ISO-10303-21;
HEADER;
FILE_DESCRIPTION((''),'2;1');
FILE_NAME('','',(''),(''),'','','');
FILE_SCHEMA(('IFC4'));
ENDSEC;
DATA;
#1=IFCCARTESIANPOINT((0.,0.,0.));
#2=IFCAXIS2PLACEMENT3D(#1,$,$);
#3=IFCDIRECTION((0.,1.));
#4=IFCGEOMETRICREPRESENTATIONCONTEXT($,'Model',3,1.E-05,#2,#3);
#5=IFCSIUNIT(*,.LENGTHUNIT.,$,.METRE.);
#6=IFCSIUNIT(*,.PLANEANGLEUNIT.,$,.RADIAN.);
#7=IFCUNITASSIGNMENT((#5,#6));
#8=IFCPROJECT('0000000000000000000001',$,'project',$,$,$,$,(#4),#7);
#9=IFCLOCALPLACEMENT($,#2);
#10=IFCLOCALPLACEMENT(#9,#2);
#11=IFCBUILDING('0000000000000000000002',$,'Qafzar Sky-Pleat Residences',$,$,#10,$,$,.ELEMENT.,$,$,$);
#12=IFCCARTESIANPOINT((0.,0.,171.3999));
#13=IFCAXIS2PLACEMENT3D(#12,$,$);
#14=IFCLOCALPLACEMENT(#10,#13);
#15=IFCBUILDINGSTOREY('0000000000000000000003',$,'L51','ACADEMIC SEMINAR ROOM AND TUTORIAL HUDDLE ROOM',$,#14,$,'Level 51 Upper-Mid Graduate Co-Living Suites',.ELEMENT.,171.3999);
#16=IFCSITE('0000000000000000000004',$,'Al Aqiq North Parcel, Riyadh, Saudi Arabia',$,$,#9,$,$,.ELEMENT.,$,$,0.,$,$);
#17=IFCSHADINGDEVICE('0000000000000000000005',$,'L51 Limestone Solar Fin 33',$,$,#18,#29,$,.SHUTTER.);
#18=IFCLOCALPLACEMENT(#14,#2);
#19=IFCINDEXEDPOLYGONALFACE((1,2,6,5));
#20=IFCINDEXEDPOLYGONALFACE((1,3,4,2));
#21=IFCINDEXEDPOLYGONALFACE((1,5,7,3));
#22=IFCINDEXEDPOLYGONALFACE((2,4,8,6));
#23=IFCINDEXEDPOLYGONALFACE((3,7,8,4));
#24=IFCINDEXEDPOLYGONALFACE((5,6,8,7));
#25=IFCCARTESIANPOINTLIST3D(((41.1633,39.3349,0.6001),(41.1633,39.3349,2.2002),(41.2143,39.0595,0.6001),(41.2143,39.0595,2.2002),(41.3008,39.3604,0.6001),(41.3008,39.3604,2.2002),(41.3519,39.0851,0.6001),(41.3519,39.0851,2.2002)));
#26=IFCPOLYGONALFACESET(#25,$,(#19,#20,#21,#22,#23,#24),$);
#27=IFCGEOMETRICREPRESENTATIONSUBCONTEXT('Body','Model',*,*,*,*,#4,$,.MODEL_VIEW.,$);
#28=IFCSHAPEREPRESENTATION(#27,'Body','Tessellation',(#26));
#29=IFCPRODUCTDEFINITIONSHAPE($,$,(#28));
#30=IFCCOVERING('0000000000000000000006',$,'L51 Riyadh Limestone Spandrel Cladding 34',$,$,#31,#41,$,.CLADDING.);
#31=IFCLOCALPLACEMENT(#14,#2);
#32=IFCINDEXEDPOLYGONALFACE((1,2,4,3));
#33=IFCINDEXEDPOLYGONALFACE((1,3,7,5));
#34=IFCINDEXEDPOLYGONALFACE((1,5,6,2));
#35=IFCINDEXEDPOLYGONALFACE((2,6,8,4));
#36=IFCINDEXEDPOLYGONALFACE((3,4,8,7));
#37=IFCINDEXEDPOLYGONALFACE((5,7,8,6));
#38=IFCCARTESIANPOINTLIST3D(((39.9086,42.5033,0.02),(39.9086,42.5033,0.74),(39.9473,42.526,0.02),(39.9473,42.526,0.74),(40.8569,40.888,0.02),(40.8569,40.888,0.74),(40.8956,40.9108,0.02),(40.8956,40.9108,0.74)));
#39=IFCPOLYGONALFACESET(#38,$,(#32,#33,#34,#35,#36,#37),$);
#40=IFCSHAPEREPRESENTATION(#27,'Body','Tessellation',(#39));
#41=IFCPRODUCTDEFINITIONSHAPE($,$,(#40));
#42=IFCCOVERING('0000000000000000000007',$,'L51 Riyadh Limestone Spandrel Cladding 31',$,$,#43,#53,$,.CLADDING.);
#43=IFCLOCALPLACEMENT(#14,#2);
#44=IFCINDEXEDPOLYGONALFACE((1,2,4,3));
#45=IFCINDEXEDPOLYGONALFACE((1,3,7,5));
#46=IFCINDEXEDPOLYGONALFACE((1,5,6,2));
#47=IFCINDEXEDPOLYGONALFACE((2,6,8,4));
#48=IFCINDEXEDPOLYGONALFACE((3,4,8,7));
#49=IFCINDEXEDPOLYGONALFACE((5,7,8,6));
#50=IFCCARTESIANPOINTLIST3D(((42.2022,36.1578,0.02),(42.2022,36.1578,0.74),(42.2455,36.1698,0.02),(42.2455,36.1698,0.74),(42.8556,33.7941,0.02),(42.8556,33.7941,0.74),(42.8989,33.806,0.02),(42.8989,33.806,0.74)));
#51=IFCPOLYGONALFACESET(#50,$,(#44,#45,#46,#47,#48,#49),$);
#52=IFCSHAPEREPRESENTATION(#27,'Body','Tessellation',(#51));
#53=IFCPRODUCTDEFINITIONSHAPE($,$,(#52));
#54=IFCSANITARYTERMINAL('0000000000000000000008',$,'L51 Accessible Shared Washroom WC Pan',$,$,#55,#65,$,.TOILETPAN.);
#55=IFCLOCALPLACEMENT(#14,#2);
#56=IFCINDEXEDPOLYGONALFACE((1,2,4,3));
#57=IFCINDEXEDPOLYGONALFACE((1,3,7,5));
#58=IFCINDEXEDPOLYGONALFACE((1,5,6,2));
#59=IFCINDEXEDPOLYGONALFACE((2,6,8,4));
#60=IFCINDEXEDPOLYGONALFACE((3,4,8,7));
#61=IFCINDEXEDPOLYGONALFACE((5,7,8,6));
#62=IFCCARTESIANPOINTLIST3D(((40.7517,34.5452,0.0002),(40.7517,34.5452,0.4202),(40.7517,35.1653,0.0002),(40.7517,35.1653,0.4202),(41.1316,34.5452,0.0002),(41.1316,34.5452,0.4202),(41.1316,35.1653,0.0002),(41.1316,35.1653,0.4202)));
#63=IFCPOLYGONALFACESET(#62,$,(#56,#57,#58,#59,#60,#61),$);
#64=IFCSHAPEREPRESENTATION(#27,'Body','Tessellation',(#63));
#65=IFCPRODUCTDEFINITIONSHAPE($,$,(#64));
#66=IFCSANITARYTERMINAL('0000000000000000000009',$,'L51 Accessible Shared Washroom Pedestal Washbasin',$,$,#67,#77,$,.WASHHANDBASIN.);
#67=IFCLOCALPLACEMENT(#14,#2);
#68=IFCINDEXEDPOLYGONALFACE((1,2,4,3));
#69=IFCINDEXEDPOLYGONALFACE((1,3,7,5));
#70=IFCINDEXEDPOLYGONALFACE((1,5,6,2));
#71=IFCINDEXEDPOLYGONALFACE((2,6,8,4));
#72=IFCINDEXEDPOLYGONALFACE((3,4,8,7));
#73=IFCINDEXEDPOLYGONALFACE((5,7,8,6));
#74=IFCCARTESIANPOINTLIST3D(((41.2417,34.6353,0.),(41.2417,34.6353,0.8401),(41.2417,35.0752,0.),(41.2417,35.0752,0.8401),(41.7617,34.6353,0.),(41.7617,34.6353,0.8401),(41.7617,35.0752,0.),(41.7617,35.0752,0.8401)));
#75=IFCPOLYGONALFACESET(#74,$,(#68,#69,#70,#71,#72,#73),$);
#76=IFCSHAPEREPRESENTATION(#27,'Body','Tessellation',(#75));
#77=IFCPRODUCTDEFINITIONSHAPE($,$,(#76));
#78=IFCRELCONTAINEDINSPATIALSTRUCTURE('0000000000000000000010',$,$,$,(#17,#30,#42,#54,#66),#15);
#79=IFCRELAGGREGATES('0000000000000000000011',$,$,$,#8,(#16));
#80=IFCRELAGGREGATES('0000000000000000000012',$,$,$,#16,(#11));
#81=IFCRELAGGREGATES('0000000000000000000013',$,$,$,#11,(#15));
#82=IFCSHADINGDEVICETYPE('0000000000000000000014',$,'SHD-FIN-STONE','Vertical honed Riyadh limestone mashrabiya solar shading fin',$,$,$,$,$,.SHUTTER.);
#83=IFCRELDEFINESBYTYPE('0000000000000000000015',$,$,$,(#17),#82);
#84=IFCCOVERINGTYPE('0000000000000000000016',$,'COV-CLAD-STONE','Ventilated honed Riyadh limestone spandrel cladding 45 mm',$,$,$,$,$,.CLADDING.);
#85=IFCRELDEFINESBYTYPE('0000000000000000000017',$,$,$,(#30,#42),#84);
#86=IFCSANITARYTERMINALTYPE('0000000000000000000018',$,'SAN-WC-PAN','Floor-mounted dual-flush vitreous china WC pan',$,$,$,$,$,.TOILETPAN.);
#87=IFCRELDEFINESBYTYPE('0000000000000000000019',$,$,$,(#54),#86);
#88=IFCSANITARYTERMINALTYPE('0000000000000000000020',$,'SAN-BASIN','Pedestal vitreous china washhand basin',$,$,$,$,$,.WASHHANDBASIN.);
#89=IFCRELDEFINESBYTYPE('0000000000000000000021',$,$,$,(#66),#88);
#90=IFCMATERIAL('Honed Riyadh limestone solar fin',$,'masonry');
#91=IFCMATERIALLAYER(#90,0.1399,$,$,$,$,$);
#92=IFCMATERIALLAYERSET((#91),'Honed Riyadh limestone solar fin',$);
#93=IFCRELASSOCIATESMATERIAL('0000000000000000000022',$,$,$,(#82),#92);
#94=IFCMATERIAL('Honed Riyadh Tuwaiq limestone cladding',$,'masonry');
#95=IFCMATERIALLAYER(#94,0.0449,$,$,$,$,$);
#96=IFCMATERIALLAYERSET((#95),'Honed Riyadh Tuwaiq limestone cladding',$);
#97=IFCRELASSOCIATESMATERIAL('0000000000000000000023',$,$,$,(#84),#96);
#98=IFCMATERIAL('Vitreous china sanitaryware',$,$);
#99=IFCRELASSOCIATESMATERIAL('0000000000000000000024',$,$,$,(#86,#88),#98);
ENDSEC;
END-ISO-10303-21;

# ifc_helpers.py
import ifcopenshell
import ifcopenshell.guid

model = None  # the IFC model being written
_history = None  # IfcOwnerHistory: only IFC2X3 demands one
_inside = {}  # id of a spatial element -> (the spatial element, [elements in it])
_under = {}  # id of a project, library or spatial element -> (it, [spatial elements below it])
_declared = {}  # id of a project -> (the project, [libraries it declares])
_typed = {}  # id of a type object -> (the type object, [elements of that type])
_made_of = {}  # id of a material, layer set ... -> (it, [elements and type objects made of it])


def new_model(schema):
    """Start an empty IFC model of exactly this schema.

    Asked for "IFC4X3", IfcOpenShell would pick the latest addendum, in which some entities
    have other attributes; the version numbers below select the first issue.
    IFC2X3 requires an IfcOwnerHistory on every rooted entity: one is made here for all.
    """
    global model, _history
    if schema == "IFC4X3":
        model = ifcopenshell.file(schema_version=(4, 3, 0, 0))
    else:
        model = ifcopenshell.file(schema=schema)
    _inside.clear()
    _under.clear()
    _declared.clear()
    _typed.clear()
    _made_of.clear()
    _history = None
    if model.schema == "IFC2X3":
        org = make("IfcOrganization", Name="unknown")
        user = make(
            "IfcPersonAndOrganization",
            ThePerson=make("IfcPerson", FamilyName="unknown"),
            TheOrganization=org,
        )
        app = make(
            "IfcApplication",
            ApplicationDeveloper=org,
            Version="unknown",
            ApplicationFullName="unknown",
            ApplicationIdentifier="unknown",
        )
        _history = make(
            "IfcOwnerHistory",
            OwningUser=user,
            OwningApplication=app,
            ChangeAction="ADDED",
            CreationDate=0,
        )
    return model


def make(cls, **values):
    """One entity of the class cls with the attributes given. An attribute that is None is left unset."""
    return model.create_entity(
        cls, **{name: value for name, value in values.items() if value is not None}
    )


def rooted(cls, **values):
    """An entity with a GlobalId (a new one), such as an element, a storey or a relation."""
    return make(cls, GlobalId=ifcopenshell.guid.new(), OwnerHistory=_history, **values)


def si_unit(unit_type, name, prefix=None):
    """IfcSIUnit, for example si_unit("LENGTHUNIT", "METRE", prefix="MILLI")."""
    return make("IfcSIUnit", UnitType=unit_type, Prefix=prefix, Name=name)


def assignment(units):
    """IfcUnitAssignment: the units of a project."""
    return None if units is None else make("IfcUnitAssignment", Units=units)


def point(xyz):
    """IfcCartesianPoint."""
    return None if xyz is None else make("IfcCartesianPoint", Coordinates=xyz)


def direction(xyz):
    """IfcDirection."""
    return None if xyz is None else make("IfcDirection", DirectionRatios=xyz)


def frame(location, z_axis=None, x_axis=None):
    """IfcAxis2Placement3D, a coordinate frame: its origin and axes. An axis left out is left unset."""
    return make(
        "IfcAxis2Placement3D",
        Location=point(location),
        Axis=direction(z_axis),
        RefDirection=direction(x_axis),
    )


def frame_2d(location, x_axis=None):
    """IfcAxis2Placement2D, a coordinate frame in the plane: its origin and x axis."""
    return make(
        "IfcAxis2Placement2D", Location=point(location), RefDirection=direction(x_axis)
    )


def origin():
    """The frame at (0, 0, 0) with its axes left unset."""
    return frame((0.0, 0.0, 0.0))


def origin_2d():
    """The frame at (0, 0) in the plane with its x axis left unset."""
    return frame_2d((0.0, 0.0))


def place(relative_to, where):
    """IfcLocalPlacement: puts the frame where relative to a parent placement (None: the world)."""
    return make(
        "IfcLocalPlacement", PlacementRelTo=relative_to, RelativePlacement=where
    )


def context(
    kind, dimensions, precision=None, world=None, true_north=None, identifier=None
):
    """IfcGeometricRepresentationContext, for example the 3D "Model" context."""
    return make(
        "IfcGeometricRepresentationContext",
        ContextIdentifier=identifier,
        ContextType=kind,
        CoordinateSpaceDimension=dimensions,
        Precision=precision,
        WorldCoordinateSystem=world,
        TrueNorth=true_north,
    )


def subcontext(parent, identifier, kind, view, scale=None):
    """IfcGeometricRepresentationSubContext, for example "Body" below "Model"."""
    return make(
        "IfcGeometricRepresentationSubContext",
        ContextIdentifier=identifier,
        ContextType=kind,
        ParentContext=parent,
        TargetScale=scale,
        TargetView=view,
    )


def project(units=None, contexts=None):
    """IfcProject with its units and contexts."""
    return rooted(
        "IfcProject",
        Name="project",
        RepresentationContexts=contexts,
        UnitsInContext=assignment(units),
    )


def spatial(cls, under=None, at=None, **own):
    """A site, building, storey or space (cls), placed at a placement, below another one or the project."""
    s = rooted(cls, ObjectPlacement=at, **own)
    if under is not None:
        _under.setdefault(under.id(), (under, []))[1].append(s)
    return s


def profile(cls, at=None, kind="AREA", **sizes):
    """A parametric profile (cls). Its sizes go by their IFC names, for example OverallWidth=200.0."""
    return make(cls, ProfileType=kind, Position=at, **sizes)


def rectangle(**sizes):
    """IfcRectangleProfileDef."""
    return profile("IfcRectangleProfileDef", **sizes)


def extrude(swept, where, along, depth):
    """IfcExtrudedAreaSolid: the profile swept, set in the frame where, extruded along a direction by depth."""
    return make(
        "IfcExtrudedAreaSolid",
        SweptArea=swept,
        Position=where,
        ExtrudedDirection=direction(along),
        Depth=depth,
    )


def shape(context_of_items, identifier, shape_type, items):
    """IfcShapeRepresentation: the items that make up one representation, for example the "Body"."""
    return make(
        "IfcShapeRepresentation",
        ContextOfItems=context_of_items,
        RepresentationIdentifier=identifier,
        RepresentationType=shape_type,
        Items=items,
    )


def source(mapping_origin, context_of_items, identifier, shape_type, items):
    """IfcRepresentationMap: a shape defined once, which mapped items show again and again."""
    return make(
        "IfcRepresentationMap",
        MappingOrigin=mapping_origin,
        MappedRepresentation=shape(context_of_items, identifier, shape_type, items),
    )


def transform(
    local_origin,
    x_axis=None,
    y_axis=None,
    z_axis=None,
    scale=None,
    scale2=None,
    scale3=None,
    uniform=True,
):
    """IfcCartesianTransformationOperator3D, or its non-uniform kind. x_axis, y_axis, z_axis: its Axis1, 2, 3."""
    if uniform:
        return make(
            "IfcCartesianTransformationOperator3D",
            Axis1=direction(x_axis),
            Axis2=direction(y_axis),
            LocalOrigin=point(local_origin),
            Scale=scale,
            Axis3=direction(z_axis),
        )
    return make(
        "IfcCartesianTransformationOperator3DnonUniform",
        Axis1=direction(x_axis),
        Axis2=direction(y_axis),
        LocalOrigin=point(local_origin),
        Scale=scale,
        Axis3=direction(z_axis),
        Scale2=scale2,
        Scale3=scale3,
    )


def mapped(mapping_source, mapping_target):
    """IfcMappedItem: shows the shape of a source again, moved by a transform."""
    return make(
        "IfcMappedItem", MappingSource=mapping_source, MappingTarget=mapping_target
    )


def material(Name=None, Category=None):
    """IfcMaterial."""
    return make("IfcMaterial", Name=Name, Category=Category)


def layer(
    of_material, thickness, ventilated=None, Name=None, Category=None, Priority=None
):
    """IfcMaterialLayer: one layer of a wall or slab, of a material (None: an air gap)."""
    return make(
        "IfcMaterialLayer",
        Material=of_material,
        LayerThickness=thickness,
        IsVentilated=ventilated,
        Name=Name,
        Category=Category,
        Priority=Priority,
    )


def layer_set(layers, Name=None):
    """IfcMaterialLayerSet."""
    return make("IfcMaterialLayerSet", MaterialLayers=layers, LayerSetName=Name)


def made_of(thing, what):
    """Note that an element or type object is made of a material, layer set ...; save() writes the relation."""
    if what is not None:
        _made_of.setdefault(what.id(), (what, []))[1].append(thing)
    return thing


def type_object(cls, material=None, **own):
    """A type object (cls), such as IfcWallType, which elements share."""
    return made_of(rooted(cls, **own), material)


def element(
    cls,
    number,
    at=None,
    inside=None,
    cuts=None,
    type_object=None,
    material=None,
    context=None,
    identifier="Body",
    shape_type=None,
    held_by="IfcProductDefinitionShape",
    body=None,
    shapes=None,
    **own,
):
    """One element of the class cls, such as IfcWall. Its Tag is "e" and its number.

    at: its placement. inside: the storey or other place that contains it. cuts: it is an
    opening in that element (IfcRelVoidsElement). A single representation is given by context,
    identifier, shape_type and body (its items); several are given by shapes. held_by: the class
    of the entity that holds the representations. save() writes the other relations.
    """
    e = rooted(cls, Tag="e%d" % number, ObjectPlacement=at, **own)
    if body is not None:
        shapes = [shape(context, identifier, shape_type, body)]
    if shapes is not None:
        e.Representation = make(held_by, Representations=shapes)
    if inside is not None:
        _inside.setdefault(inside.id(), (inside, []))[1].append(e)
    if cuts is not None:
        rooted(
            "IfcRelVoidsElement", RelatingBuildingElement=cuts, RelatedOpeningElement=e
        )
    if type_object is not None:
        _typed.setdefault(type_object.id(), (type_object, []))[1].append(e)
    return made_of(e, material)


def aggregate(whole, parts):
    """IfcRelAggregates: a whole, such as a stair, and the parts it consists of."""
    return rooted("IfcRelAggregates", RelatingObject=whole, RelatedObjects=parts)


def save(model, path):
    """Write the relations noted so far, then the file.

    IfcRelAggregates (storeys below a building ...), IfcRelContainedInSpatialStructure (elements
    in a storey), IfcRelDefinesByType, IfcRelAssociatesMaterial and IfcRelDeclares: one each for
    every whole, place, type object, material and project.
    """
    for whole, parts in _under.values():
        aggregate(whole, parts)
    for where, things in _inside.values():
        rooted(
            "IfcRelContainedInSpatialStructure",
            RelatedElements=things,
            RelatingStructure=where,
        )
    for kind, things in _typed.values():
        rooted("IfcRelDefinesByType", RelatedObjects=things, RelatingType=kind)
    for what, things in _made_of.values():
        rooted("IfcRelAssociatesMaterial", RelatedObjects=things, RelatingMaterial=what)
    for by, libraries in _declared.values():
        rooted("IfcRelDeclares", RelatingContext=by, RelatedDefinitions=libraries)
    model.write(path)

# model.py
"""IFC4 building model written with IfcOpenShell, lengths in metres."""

from ifc_helpers import new_model, si_unit, direction, frame, origin, origin_2d, place, context, subcontext, project, spatial, rectangle, extrude, source, transform, mapped, material, layer, layer_set, type_object, element, save


model = new_model("IFC4")

# Units and contexts
model_context = context("Model", 3, precision=1e-05, world=origin(), true_north=direction((0.0, 1.0)))
body_context = subcontext(model_context, "Body", "Model", "MODEL_VIEW")
ifc_project = project(units=[si_unit("LENGTHUNIT", "METRE"), si_unit("PLANEANGLEUNIT", "RADIAN")], contexts=[model_context])

# Site, building, storey
site_placement = place(None, origin())
site = spatial("IfcSite", under=ifc_project, at=site_placement, Name="Al Aqiq North Parcel, Riyadh, Saudi Arabia", CompositionType="ELEMENT", RefElevation=0.0)
building_placement = place(site_placement, origin())
building = spatial("IfcBuilding", under=site, at=building_placement, Name="Qafzar Sky-Pleat Residences", CompositionType="ELEMENT")
storey_placement = place(building_placement, frame((0.0, 0.0, 171.3999)))
storey = spatial("IfcBuildingStorey", under=building, at=storey_placement, Name="L51", Description="ACADEMIC SEMINAR ROOM AND TUTORIAL HUDDLE ROOM", LongName="Level 51 Upper-Mid Graduate Co-Living Suites", CompositionType="ELEMENT", Elevation=171.3999)

# Shading device
ifc_material_1 = material(Name="Honed Riyadh limestone solar fin", Category="masonry")
ifc_layer_1 = layer(ifc_material_1, 0.1399)
ifc_layer_set_1 = layer_set([ifc_layer_1], Name="Honed Riyadh limestone solar fin")
shading_device_type = type_object("IfcShadingDeviceType", Name="SHD-FIN-STONE", Description="Vertical honed Riyadh limestone mashrabiya solar shading fin", PredefinedType="SHUTTER", material=ifc_layer_set_1)
shared_shape_1 = source(origin(), body_context, "Body", "SweptSolid", [
    extrude(rectangle(XDim=0.1399, YDim=0.28, at=origin_2d()), origin(), (0.0, 0.0, 1.0), 1.6001),
])
shading_device_placement = place(storey_placement, frame((41.2576, 39.21, 0.6001), z_axis=(0.0, 0.0, 1.0), x_axis=(0.983226, 0.182391, 0.0)))
element("IfcShadingDevice", 1, at=shading_device_placement, inside=storey, type_object=shading_device_type, Name="L51 Limestone Solar Fin 33", PredefinedType="SHUTTER", context=body_context, shape_type="MappedRepresentation", body=[
    mapped(shared_shape_1, transform((0.0, 0.0, 0.0), x_axis=(1.0, 0.0, 0.0), y_axis=(0.0, 1.0, 0.0), z_axis=(0.0, 0.0, 1.0), scale=1.0)),
])

# Coverings
ifc_material_2 = material(Name="Honed Riyadh Tuwaiq limestone cladding", Category="masonry")
ifc_layer_2 = layer(ifc_material_2, 0.0449)
ifc_layer_set_2 = layer_set([ifc_layer_2], Name="Honed Riyadh Tuwaiq limestone cladding")
covering_type = type_object("IfcCoveringType", Name="COV-CLAD-STONE", Description="Ventilated honed Riyadh limestone spandrel cladding 45 mm", PredefinedType="CLADDING", material=ifc_layer_set_2)
shared_shape_2 = source(origin(), body_context, "Body", "SweptSolid", [
    extrude(rectangle(XDim=1.873, YDim=0.0449, at=origin_2d()), origin(), (0.0, 0.0, 1.0), 0.72),
])
covering_1_placement = place(storey_placement, frame((40.4021, 41.707, 0.02), z_axis=(0.0, 0.0, 1.0), x_axis=(-0.506304, 0.862355, 0.0)))
element("IfcCovering", 2, at=covering_1_placement, inside=storey, type_object=covering_type, Name="L51 Riyadh Limestone Spandrel Cladding 34", PredefinedType="CLADDING", context=body_context, shape_type="MappedRepresentation", body=[
    mapped(shared_shape_2, transform((0.0, 0.0, 0.0), x_axis=(1.0, 0.0, 0.0), y_axis=(0.0, 1.0, 0.0), z_axis=(0.0, 0.0, 1.0), scale=1.0)),
])
shared_shape_3 = source(origin(), body_context, "Body", "SweptSolid", [
    extrude(rectangle(XDim=2.4524, YDim=0.0449, at=origin_2d()), origin(), (0.0, 0.0, 1.0), 0.72),
])
covering_2_placement = place(storey_placement, frame((42.5505, 34.9819, 0.02), z_axis=(0.0, 0.0, 1.0), x_axis=(-0.266423, 0.963856, 0.0)))
element("IfcCovering", 3, at=covering_2_placement, inside=storey, type_object=covering_type, Name="L51 Riyadh Limestone Spandrel Cladding 31", PredefinedType="CLADDING", context=body_context, shape_type="MappedRepresentation", body=[
    mapped(shared_shape_3, transform((0.0, 0.0, 0.0), x_axis=(1.0, 0.0, 0.0), y_axis=(0.0, 1.0, 0.0), z_axis=(0.0, 0.0, 1.0), scale=1.0)),
])

# Sanitary terminals
ifc_material_3 = material(Name="Vitreous china sanitaryware")
sanitary_terminal_type_1 = type_object("IfcSanitaryTerminalType", Name="SAN-WC-PAN", Description="Floor-mounted dual-flush vitreous china WC pan", PredefinedType="TOILETPAN", material=ifc_material_3)
shared_shape_4 = source(origin(), body_context, "Body", "SweptSolid", [
    extrude(rectangle(XDim=0.3799, YDim=0.6201, at=origin_2d()), origin(), (0.0, 0.0, 1.0), 0.4199),
])
sanitary_terminal_1_placement = place(storey_placement, frame((40.9417, 34.8552, 0.0002), z_axis=(0.0, 0.0, 1.0), x_axis=(1.0, 0.0, 0.0)))
element("IfcSanitaryTerminal", 4, at=sanitary_terminal_1_placement, inside=storey, type_object=sanitary_terminal_type_1, Name="L51 Accessible Shared Washroom WC Pan", PredefinedType="TOILETPAN", context=body_context, shape_type="MappedRepresentation", body=[
    mapped(shared_shape_4, transform((0.0, 0.0, 0.0), x_axis=(1.0, 0.0, 0.0), y_axis=(0.0, 1.0, 0.0), z_axis=(0.0, 0.0, 1.0), scale=1.0)),
])
sanitary_terminal_type_2 = type_object("IfcSanitaryTerminalType", Name="SAN-BASIN", Description="Pedestal vitreous china washhand basin", PredefinedType="WASHHANDBASIN", material=ifc_material_3)
shared_shape_5 = source(origin(), body_context, "Body", "SweptSolid", [
    extrude(rectangle(XDim=0.52, YDim=0.4399, at=origin_2d()), origin(), (0.0, 0.0, 1.0), 0.8401),
])
sanitary_terminal_2_placement = place(storey_placement, frame((41.5017, 34.8552, 0.0), z_axis=(0.0, 0.0, 1.0), x_axis=(1.0, 0.0, 0.0)))
element("IfcSanitaryTerminal", 5, at=sanitary_terminal_2_placement, inside=storey, type_object=sanitary_terminal_type_2, Name="L51 Accessible Shared Washroom Pedestal Washbasin", PredefinedType="WASHHANDBASIN", context=body_context, shape_type="MappedRepresentation", body=[
    mapped(shared_shape_5, transform((0.0, 0.0, 0.0), x_axis=(1.0, 0.0, 0.0), y_axis=(0.0, 1.0, 0.0), z_axis=(0.0, 0.0, 1.0), scale=1.0)),
])

save(model, "model.ifc")
